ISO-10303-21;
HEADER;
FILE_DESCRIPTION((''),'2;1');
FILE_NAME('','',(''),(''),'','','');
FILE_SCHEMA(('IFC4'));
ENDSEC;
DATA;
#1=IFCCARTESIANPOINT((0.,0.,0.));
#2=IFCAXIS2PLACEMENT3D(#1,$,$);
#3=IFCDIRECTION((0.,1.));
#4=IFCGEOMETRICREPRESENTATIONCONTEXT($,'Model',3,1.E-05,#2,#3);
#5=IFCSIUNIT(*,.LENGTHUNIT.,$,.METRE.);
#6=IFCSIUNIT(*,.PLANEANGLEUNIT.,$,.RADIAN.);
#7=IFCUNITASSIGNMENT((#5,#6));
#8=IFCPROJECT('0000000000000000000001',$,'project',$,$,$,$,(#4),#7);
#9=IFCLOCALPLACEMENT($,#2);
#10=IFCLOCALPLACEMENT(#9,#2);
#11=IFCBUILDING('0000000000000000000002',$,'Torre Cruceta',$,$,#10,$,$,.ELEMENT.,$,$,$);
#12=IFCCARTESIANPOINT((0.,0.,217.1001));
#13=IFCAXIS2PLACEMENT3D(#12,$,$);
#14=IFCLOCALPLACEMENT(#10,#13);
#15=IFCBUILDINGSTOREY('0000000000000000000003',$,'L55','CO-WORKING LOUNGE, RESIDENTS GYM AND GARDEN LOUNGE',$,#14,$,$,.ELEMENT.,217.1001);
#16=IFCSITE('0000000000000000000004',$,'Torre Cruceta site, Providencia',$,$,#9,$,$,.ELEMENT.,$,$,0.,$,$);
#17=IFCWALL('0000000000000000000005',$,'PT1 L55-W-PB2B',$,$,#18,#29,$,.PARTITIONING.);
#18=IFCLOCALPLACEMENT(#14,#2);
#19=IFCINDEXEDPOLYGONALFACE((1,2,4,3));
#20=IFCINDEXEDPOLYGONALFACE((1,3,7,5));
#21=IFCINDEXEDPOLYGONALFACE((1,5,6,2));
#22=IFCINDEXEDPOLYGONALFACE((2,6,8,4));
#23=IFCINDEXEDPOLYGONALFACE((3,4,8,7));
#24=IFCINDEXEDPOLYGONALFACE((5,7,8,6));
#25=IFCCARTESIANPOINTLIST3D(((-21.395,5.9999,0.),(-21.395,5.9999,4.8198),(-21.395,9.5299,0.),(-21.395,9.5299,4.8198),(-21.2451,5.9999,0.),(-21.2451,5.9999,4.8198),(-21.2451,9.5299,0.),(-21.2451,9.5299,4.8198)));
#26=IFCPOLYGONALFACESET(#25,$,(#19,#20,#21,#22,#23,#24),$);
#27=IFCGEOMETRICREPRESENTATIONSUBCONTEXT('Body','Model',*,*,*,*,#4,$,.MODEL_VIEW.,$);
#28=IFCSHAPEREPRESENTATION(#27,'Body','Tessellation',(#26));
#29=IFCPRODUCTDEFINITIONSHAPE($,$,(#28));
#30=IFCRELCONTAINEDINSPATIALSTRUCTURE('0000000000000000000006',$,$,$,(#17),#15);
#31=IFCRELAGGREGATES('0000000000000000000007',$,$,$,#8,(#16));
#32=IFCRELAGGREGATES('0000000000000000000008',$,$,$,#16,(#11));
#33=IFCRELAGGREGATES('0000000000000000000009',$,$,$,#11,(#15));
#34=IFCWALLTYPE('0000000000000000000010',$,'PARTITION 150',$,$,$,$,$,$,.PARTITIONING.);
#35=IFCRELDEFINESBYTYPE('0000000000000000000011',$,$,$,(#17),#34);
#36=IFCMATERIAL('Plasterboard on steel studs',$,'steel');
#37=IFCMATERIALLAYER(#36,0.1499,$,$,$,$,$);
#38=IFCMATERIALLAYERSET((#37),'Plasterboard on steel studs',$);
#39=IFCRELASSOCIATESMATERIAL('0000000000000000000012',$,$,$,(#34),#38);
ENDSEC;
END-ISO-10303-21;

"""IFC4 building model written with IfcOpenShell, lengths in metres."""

from ifc_helpers import new_model, si_unit, direction, frame, frame_2d, origin, place, context, subcontext, project, spatial, rectangle, extrude, material, layer, layer_set, type_object, element, save


model = new_model("IFC4")

# Units and contexts
model_context = context("Model", 3, precision=1e-05, world=origin(), true_north=direction((0.0, 1.0)))
body_context = subcontext(model_context, "Body", "Model", "MODEL_VIEW")
ifc_project = project(units=[si_unit("LENGTHUNIT", "METRE"), si_unit("PLANEANGLEUNIT", "RADIAN")], contexts=[model_context])

# Site, building, storey
site_placement = place(None, origin())
site = spatial("IfcSite", under=ifc_project, at=site_placement, Name="Torre Cruceta site, Providencia", CompositionType="ELEMENT", RefElevation=0.0)
building_placement = place(site_placement, origin())
building = spatial("IfcBuilding", under=site, at=building_placement, Name="Torre Cruceta", CompositionType="ELEMENT")
storey_placement = place(building_placement, frame((0.0, 0.0, 217.1001)))
storey = spatial("IfcBuildingStorey", under=building, at=storey_placement, Name="L55", Description="CO-WORKING LOUNGE, RESIDENTS GYM AND GARDEN LOUNGE", CompositionType="ELEMENT", Elevation=217.1001)

# Wall
ifc_material_1 = material(Name="Plasterboard on steel studs", Category="steel")
ifc_layer_1 = layer(ifc_material_1, 0.1499)
ifc_layer_set_1 = layer_set([ifc_layer_1], Name="Plasterboard on steel studs")
wall_type_1 = type_object("IfcWallType", Name="PARTITION 150", PredefinedType="PARTITIONING", material=ifc_layer_set_1)
wall_1_placement = place(storey_placement, frame((-21.3201, 9.53, 0.0), z_axis=(0.0, 0.0, 1.0), x_axis=(0.0, -1.0, 0.0)))
element("IfcWall", 1, at=wall_1_placement, inside=storey, type_object=wall_type_1, Name="PT1 L55-W-PB2B", PredefinedType="PARTITIONING", context=body_context, shape_type="SweptSolid", body=[
    extrude(rectangle(XDim=3.53, YDim=0.1499, at=frame_2d((1.7651, 0.0))), origin(), (0.0, 0.0, 1.0), 4.8198),
])

save(model, "model.ifc")
